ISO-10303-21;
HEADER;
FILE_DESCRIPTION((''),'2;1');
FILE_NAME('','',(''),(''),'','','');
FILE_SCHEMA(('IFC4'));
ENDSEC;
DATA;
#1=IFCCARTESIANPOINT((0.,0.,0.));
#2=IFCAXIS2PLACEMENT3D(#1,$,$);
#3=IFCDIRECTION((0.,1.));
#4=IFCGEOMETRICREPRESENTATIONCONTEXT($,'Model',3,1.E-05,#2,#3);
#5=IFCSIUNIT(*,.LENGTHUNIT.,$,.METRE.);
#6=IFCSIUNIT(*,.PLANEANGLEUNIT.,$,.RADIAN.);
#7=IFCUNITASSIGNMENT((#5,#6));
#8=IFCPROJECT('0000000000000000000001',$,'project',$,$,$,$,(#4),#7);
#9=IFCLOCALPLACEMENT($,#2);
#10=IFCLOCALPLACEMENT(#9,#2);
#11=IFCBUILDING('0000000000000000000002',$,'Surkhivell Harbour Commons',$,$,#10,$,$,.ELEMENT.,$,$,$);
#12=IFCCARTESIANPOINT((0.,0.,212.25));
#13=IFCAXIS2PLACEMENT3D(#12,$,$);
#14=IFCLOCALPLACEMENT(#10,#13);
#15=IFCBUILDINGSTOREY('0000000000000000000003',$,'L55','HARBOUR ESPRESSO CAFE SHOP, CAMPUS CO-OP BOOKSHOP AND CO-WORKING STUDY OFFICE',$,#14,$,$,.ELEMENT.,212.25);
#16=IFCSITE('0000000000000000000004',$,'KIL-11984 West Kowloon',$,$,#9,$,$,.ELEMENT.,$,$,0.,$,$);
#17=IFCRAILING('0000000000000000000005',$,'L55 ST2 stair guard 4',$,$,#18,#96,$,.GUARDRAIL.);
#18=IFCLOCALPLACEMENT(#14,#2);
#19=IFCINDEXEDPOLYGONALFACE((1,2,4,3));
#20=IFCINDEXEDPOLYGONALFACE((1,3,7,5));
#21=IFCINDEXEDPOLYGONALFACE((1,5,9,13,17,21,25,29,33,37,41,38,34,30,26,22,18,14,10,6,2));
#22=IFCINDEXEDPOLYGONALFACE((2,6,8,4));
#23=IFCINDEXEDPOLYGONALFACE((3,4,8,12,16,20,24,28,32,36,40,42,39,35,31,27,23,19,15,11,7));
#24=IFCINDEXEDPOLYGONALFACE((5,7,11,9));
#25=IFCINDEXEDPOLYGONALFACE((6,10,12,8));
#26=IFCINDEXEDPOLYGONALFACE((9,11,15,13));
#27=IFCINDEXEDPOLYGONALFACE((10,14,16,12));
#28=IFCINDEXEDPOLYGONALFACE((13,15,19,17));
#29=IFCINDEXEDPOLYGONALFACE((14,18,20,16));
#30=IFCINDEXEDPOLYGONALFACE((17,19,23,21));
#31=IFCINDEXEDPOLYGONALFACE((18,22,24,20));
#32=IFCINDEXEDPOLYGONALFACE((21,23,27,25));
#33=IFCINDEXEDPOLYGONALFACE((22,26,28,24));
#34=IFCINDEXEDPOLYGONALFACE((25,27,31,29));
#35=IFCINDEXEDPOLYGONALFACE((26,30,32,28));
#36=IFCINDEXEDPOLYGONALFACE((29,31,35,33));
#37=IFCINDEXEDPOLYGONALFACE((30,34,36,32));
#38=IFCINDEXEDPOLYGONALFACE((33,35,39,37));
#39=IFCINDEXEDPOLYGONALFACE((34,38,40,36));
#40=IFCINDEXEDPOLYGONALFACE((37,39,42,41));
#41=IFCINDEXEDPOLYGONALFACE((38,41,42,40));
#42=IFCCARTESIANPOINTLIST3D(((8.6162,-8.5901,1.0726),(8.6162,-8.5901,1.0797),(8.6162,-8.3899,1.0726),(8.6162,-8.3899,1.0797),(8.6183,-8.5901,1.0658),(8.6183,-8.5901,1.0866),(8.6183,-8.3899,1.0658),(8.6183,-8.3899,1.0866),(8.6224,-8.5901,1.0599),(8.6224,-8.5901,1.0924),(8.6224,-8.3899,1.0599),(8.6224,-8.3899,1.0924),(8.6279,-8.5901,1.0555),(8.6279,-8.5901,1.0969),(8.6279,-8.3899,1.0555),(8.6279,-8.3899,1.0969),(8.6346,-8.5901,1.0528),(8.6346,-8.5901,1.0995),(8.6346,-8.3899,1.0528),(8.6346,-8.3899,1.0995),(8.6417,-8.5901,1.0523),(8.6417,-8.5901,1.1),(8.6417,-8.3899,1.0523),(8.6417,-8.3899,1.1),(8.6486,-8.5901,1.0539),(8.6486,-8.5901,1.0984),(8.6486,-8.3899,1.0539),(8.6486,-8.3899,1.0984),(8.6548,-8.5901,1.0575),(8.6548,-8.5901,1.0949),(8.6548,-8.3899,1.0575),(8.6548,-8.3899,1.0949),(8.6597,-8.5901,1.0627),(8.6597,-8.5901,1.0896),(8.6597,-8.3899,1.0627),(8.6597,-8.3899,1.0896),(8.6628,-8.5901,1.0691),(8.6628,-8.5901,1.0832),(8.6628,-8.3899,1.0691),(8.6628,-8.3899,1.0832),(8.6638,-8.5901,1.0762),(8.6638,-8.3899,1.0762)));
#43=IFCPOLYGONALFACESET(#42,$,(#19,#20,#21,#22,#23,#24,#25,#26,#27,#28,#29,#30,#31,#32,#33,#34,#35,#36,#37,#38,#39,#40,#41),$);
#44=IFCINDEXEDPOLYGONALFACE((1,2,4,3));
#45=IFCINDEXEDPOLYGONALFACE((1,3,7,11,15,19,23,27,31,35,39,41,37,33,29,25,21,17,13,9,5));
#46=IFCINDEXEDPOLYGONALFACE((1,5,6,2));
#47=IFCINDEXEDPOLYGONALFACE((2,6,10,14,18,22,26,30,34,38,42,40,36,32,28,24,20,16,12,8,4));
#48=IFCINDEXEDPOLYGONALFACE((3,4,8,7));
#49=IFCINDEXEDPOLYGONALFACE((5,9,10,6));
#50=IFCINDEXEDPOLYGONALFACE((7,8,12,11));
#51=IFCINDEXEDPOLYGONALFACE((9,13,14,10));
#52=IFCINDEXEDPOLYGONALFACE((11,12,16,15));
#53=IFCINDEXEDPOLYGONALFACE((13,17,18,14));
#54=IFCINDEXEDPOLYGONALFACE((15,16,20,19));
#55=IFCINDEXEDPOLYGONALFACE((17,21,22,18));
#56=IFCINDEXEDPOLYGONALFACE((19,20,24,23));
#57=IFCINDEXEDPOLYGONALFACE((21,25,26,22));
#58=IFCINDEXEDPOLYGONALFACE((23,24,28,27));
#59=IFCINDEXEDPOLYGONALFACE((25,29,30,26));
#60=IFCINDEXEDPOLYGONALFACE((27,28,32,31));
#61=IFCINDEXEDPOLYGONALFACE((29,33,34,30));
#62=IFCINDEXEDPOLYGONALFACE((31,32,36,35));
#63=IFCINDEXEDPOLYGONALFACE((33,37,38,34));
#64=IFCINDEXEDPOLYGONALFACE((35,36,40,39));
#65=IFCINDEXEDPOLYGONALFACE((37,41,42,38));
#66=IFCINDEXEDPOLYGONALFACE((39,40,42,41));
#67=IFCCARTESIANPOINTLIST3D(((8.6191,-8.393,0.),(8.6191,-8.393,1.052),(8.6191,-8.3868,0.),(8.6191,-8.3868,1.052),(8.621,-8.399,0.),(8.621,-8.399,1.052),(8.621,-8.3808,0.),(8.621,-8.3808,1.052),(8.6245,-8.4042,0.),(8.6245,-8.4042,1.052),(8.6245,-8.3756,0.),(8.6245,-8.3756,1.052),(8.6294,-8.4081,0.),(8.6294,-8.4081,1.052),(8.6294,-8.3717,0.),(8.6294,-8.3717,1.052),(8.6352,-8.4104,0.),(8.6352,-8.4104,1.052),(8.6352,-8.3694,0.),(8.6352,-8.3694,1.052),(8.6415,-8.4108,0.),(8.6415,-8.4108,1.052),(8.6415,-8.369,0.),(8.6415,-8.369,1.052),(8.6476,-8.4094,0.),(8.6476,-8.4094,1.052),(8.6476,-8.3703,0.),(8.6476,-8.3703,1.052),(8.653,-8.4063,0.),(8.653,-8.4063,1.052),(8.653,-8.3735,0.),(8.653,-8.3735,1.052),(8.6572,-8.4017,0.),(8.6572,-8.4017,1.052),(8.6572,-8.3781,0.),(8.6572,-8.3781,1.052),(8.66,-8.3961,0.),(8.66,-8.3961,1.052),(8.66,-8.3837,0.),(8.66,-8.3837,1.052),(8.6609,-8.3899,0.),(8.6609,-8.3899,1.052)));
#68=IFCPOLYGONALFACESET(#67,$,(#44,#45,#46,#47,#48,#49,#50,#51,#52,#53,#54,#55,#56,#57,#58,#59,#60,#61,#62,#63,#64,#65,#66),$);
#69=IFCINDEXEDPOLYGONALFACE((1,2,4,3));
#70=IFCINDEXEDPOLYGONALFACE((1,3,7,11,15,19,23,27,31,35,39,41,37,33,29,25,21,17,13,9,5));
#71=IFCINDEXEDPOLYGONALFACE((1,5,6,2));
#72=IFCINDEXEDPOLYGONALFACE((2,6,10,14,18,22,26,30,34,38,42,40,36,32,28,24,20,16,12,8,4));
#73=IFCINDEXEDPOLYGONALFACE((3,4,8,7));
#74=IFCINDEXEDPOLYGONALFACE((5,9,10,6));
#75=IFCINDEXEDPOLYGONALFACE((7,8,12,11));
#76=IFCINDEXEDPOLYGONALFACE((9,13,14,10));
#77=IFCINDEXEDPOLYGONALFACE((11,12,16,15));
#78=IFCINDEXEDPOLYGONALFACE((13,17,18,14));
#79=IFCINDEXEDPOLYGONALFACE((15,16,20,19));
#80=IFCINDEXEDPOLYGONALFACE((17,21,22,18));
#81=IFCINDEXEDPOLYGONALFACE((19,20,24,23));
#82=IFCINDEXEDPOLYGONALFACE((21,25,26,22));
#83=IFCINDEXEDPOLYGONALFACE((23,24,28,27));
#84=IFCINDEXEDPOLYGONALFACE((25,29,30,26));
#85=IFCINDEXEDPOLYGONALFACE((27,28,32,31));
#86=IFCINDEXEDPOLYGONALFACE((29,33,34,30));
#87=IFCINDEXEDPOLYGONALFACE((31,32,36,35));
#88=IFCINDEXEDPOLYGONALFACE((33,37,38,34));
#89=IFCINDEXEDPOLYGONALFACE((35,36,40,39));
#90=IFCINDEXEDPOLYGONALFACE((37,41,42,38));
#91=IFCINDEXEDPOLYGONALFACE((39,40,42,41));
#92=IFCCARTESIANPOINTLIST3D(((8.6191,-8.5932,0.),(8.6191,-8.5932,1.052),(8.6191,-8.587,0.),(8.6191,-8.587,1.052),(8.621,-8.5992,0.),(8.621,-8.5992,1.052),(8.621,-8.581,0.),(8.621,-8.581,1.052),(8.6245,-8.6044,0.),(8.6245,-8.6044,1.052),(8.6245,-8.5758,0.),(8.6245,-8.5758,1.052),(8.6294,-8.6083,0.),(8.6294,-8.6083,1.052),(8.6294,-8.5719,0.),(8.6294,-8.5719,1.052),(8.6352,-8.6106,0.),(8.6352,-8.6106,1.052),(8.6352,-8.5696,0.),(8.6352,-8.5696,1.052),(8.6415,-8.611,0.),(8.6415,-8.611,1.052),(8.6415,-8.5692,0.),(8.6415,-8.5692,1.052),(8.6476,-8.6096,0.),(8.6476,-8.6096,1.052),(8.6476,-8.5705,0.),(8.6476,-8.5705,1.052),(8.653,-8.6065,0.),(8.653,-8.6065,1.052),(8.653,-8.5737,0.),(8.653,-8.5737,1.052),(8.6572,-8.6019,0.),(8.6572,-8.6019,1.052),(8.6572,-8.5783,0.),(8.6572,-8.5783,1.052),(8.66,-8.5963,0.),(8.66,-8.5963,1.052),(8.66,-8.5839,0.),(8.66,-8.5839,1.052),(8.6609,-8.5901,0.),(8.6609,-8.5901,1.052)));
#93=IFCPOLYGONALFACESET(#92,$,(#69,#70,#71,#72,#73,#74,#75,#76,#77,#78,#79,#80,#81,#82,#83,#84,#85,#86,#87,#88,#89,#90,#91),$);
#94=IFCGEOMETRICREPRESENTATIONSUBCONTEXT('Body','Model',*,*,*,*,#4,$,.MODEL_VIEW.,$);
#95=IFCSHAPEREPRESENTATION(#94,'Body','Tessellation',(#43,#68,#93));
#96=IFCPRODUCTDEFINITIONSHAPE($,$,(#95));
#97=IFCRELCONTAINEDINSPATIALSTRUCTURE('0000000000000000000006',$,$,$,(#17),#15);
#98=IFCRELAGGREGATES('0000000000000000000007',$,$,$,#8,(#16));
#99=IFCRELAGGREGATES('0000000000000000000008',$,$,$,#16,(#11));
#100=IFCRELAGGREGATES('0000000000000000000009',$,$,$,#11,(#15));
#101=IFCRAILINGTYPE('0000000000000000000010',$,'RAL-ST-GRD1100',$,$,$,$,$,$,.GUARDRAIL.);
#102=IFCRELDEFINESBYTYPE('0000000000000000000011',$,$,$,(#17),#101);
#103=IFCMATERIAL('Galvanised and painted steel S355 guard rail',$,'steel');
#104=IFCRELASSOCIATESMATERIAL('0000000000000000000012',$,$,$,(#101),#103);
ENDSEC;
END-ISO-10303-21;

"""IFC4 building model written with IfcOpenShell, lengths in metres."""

from ifc_helpers import new_model, si_unit, direction, frame, origin, origin_2d, place, context, subcontext, project, spatial, circle, extrude, material, type_object, element, save


model = new_model("IFC4")

# Units and contexts
model_context = context("Model", 3, precision=1e-05, world=origin(), true_north=direction((0.0, 1.0)))
body_context = subcontext(model_context, "Body", "Model", "MODEL_VIEW")
ifc_project = project(units=[si_unit("LENGTHUNIT", "METRE"), si_unit("PLANEANGLEUNIT", "RADIAN")], contexts=[model_context])

# Site, building, storey
site_placement = place(None, origin())
site = spatial("IfcSite", under=ifc_project, at=site_placement, Name="KIL-11984 West Kowloon", CompositionType="ELEMENT", RefElevation=0.0)
building_placement = place(site_placement, origin())
building = spatial("IfcBuilding", under=site, at=building_placement, Name="Surkhivell Harbour Commons", CompositionType="ELEMENT")
storey_placement = place(building_placement, frame((0.0, 0.0, 212.25)))
storey = spatial("IfcBuildingStorey", under=building, at=storey_placement, Name="L55", Description="HARBOUR ESPRESSO CAFE SHOP, CAMPUS CO-OP BOOKSHOP AND CO-WORKING STUDY OFFICE", CompositionType="ELEMENT", Elevation=212.25)

# Railing
ifc_material_1 = material(Name="Galvanised and painted steel S355 guard rail", Category="steel")
railing_type_1 = type_object("IfcRailingType", Name="RAL-ST-GRD1100", PredefinedType="GUARDRAIL", material=ifc_material_1)
railing_1_placement = place(storey_placement, frame((8.6399, -8.3899, 0.0)))
element("IfcRailing", 1, at=railing_1_placement, inside=storey, type_object=railing_type_1, Name="L55 ST2 stair guard 4", PredefinedType="GUARDRAIL", context=body_context, shape_type="SweptSolid", body=[
    extrude(circle(Radius=0.0239, at=origin_2d()), frame((0.0, 0.0, 1.0762), z_axis=(0.0, -1.0, 0.0), x_axis=(1.0, 0.0, 0.0)), (0.0, 0.0, 1.0), 0.2002),
    extrude(circle(Radius=0.021, at=origin_2d()), origin(), (0.0, 0.0, 1.0), 1.052),
    extrude(circle(Radius=0.021, at=origin_2d()), frame((0.0, -0.2002, 0.0)), (0.0, 0.0, 1.0), 1.052),
])

save(model, "model.ifc")
